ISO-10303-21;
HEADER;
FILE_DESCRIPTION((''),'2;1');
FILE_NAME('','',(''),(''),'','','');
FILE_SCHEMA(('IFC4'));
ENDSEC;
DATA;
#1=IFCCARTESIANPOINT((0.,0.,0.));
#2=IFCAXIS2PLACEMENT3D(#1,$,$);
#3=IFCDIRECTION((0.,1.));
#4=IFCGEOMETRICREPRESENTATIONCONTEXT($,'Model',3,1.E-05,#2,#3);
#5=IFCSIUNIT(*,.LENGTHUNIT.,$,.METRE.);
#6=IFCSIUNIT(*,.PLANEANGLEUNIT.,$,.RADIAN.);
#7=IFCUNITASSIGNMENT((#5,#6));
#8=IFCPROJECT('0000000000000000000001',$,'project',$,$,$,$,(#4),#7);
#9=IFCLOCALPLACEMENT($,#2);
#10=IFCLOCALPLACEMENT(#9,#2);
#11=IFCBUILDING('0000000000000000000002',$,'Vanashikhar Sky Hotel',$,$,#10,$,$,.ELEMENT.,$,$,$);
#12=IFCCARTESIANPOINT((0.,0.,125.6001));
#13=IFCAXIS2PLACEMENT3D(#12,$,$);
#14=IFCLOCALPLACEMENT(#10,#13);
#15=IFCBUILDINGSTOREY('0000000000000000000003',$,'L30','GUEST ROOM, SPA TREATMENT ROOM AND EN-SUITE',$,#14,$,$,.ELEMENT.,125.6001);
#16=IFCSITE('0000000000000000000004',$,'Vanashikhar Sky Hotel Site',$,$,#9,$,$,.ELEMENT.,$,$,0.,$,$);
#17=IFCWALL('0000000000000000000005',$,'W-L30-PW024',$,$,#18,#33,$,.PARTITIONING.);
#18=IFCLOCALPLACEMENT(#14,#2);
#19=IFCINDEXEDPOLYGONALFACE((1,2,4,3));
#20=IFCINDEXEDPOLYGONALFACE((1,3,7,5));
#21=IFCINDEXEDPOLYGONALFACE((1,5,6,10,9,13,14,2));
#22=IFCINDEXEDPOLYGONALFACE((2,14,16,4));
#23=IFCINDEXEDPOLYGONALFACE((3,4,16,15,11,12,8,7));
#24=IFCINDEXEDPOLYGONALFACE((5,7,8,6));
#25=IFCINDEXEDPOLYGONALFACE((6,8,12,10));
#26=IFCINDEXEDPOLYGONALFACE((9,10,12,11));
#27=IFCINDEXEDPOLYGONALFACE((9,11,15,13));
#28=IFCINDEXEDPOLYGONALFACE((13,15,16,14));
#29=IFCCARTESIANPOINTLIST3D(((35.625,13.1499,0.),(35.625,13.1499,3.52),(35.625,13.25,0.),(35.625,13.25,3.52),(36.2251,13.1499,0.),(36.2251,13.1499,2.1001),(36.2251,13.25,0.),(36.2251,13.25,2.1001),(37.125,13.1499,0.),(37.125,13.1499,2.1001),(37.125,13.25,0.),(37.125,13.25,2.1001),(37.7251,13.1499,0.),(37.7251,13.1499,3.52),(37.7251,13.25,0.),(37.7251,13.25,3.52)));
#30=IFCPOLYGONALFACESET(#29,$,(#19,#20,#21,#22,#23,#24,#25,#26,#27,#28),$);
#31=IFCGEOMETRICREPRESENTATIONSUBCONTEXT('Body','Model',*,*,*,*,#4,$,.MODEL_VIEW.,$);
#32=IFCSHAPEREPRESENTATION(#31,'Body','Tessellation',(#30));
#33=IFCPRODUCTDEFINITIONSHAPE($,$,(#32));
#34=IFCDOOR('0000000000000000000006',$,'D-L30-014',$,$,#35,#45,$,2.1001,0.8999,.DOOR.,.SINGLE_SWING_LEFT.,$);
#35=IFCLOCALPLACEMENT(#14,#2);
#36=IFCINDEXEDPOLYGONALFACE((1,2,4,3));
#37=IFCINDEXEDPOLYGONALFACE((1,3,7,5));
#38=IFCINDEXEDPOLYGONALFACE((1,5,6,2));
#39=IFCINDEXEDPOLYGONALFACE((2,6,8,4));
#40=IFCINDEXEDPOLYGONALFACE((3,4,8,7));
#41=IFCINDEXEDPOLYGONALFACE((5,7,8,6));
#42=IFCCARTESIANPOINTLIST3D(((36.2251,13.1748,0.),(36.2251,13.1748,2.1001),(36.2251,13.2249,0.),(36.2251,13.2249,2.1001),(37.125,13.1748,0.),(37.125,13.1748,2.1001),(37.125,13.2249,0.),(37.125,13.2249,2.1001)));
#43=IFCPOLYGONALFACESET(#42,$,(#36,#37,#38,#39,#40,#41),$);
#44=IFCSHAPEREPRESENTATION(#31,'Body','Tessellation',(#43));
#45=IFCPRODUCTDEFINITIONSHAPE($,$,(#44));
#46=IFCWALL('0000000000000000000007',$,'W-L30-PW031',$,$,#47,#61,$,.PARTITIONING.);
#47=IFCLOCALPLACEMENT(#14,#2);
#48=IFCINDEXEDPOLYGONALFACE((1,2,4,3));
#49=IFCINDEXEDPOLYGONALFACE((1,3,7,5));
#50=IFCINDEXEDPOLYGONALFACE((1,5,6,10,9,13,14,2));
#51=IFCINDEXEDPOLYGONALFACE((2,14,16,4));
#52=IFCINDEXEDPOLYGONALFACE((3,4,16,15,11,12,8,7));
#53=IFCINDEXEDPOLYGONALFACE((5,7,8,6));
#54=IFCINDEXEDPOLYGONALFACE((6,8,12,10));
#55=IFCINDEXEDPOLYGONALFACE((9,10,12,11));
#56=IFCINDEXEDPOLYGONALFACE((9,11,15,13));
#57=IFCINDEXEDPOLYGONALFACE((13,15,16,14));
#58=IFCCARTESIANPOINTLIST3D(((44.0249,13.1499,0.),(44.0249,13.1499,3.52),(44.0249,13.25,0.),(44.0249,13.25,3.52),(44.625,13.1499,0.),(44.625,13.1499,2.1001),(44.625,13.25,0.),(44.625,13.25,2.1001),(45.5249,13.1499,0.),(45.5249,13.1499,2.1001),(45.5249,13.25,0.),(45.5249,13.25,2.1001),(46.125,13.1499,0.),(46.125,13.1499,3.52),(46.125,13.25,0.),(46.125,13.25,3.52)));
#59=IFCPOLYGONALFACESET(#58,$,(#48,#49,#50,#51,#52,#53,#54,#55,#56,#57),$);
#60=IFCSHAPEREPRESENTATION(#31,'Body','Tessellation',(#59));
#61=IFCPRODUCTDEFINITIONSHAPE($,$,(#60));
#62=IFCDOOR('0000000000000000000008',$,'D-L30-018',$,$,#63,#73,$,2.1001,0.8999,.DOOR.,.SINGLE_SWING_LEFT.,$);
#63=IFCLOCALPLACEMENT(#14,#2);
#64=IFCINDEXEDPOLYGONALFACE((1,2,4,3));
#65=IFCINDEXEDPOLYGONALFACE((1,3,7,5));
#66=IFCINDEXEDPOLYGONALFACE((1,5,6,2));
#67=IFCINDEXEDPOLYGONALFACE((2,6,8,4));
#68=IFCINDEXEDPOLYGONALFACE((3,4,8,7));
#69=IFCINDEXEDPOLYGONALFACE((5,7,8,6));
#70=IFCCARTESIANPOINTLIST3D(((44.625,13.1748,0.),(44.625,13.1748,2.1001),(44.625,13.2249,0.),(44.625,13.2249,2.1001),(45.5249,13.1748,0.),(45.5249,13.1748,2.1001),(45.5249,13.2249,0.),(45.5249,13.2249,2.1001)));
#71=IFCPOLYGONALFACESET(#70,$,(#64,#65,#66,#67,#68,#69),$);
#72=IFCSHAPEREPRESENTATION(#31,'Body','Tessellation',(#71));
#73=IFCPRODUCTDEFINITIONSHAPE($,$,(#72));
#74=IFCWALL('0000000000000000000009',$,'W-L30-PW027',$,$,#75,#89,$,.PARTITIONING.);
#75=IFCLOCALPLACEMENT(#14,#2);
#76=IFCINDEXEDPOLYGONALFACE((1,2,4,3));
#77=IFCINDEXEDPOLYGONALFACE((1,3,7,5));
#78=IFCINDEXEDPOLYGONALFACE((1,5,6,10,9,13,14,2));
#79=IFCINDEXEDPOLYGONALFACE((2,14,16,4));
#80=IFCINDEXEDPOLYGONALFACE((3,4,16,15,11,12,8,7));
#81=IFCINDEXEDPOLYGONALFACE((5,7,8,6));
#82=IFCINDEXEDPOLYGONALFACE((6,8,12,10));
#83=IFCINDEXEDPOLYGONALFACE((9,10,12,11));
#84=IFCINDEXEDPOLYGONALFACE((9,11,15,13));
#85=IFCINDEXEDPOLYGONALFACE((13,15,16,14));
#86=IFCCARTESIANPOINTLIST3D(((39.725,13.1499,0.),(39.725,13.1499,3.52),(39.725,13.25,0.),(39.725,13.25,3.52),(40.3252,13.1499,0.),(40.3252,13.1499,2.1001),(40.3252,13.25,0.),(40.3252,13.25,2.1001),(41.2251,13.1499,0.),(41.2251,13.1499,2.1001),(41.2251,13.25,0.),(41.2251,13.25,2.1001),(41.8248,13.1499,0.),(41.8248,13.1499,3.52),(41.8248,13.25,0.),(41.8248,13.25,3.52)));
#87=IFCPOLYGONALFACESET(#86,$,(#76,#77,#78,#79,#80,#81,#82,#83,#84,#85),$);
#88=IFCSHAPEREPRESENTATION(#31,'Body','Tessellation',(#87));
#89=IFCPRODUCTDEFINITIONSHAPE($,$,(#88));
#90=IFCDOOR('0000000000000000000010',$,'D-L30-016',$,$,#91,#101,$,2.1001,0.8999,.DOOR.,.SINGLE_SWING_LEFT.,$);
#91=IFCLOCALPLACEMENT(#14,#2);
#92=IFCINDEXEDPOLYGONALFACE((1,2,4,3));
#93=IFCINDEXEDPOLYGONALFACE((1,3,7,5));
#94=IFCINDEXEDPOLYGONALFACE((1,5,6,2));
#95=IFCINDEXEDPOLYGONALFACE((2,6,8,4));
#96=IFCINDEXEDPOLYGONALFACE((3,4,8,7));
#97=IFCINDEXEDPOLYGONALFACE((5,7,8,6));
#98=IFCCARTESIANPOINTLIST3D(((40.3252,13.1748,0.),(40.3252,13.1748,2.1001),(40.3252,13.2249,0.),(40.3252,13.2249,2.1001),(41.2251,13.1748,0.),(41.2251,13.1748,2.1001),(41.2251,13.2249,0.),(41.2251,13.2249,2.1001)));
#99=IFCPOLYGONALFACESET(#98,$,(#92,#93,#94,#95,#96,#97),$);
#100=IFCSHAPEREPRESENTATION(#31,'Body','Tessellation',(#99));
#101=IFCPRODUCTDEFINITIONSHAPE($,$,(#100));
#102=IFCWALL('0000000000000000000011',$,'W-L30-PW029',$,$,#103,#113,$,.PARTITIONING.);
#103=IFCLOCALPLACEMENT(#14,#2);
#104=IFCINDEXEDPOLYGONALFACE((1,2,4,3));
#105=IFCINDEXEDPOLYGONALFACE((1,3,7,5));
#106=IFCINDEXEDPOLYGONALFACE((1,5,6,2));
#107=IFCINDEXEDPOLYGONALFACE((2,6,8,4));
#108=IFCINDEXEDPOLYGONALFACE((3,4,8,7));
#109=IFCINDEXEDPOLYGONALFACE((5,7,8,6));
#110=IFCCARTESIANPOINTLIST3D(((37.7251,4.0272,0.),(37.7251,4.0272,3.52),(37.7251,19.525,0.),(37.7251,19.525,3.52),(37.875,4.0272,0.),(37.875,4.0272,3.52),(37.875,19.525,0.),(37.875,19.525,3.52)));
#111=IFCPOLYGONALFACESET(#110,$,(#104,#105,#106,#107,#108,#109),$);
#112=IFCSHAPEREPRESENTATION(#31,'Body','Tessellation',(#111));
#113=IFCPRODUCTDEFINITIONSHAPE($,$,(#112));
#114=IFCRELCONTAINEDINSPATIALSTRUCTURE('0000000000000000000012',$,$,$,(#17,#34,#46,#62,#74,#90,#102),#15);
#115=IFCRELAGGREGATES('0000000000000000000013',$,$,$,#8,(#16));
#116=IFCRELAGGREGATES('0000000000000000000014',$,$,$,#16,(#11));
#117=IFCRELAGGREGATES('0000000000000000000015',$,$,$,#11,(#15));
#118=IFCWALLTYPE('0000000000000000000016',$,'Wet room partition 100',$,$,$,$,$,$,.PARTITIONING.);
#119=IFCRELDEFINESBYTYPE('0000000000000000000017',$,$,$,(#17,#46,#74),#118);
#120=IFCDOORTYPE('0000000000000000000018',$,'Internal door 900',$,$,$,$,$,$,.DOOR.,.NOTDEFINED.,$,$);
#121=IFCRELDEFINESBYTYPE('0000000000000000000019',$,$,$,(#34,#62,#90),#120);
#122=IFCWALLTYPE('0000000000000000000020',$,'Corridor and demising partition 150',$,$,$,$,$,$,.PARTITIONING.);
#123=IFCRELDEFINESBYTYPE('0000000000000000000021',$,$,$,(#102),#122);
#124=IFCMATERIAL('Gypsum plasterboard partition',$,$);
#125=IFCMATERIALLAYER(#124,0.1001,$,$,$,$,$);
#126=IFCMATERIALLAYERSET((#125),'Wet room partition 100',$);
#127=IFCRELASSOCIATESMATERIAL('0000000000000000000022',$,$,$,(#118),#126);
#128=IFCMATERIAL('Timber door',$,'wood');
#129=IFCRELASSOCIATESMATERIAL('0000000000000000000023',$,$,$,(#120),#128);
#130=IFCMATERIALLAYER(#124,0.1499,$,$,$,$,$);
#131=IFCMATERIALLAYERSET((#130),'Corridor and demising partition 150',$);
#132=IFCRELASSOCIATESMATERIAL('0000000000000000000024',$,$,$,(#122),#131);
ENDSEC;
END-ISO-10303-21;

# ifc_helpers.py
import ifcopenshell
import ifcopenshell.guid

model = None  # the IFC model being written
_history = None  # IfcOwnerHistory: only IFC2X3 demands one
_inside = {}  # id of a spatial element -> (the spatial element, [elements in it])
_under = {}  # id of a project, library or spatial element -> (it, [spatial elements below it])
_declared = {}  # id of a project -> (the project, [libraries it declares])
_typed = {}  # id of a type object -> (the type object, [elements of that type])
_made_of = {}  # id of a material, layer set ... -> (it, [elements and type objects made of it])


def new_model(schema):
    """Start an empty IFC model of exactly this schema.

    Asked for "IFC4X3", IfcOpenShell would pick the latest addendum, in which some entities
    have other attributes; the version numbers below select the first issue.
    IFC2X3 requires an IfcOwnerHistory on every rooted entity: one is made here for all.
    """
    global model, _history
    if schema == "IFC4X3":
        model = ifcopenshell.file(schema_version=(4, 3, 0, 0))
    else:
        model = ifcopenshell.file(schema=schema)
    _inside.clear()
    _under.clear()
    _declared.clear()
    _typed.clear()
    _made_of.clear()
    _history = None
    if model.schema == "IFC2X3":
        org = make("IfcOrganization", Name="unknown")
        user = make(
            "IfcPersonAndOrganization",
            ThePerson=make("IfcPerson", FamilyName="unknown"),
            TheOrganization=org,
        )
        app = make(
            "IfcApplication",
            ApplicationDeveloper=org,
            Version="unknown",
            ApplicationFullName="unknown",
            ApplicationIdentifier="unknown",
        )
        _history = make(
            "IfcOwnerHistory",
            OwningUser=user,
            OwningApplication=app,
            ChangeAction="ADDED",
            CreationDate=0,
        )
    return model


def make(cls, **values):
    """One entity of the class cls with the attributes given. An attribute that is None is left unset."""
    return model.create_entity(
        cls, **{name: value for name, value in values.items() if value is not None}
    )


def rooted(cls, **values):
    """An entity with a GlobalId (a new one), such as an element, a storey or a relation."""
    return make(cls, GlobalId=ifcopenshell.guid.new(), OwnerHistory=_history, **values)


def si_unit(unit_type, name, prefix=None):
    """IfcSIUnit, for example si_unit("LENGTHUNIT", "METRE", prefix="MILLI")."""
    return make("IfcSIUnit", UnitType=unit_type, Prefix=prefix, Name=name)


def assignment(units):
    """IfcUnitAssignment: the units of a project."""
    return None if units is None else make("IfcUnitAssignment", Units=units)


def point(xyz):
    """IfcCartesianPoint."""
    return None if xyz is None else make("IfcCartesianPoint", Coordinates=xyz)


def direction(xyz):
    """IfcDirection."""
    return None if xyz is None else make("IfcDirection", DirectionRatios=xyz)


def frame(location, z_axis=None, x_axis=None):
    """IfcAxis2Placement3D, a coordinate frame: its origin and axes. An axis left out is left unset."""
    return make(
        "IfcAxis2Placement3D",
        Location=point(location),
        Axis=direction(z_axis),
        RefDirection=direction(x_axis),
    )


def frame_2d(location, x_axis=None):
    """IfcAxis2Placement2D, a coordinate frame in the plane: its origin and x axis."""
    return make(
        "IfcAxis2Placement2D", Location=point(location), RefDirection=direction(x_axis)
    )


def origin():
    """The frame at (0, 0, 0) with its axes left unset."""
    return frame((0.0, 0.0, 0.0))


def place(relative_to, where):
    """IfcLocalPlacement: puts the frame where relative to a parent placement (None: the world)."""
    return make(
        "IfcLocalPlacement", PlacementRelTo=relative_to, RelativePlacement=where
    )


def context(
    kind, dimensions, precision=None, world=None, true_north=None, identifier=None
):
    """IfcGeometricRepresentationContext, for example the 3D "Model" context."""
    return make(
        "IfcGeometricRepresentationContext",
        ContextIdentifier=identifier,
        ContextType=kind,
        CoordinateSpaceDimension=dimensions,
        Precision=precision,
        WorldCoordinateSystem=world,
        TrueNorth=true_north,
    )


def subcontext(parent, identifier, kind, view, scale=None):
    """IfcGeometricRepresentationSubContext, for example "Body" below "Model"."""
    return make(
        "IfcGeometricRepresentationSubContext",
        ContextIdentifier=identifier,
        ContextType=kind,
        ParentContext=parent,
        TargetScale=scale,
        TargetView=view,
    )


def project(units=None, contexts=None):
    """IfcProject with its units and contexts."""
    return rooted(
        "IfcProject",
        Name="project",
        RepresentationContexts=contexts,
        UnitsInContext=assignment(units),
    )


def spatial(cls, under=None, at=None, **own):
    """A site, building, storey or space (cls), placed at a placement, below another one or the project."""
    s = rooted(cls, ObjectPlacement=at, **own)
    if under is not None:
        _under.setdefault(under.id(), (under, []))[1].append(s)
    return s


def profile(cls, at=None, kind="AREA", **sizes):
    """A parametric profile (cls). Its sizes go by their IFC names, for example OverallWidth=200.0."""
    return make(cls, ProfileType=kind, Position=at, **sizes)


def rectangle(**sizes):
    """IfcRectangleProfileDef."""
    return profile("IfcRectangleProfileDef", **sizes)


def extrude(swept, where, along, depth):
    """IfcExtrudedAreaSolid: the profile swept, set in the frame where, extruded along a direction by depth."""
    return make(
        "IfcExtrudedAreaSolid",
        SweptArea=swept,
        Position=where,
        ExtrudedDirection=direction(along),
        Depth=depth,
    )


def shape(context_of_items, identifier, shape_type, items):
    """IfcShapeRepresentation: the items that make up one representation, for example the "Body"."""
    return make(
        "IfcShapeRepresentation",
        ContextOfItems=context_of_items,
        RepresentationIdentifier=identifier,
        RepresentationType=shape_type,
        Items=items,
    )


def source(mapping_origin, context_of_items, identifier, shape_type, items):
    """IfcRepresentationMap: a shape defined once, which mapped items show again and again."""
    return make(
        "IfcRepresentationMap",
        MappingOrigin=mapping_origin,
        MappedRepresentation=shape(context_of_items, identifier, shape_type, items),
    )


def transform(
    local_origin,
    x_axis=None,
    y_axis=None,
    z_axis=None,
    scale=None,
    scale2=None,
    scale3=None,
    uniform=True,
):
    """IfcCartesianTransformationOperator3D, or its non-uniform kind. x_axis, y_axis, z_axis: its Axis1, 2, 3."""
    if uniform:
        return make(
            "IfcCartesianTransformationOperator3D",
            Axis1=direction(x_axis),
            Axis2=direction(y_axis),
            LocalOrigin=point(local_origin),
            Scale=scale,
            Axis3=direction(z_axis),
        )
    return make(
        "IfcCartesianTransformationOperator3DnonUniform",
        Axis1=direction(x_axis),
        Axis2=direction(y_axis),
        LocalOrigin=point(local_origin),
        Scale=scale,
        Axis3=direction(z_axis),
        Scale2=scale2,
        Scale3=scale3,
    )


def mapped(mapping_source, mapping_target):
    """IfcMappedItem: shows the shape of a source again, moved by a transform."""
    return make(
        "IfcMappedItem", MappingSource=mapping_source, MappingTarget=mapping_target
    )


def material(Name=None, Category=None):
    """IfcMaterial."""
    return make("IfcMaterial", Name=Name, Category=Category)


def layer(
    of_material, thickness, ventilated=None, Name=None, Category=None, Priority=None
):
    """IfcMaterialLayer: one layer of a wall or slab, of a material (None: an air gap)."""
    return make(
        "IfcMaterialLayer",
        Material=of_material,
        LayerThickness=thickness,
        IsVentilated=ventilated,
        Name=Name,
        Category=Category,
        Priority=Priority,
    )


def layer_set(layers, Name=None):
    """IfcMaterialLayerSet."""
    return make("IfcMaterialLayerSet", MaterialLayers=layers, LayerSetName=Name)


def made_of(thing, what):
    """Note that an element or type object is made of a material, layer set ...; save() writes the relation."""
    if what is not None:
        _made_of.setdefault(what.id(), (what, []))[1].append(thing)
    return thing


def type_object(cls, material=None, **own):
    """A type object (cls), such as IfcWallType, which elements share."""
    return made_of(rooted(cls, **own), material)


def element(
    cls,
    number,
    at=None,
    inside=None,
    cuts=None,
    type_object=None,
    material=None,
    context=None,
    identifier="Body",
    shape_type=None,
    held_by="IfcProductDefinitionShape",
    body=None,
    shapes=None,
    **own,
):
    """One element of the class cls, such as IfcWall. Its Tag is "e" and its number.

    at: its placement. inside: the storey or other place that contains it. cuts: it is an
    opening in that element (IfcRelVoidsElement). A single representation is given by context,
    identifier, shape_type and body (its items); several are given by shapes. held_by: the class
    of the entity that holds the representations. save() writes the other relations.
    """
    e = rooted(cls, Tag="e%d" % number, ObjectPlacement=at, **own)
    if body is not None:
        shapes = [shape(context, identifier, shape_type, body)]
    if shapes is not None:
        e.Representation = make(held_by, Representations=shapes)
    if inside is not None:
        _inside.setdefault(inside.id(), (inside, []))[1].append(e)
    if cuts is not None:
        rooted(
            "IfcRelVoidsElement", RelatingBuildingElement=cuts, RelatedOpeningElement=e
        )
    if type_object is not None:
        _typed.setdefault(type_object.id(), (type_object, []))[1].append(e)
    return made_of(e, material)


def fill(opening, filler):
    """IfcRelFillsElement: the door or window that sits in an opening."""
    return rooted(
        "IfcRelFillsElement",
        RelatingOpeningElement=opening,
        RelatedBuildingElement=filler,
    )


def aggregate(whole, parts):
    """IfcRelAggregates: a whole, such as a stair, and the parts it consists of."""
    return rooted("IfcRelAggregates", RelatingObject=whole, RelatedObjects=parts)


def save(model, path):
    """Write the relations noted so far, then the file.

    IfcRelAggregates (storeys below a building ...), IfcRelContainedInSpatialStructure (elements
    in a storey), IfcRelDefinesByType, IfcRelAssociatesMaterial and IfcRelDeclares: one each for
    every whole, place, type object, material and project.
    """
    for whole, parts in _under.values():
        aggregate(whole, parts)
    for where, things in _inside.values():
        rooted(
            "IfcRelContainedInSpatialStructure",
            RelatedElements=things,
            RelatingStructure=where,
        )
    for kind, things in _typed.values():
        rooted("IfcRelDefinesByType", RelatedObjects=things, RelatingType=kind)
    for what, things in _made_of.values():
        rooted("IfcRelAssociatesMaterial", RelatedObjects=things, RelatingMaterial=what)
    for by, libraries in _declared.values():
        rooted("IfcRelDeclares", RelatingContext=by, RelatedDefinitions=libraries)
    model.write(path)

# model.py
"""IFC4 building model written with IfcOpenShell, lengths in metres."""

from ifc_helpers import new_model, si_unit, direction, frame, frame_2d, origin, place, context, subcontext, project, spatial, rectangle, extrude, source, transform, mapped, material, layer, layer_set, type_object, element, fill, save


model = new_model("IFC4")

# Units and contexts
model_context = context("Model", 3, precision=1e-05, world=origin(), true_north=direction((0.0, 1.0)))
body_context = subcontext(model_context, "Body", "Model", "MODEL_VIEW")
ifc_project = project(units=[si_unit("LENGTHUNIT", "METRE"), si_unit("PLANEANGLEUNIT", "RADIAN")], contexts=[model_context])

# Site, building, storey
site_placement = place(None, origin())
site = spatial("IfcSite", under=ifc_project, at=site_placement, Name="Vanashikhar Sky Hotel Site", CompositionType="ELEMENT", RefElevation=0.0)
building_placement = place(site_placement, origin())
building = spatial("IfcBuilding", under=site, at=building_placement, Name="Vanashikhar Sky Hotel", CompositionType="ELEMENT")
storey_placement = place(building_placement, frame((0.0, 0.0, 125.6001)))
storey = spatial("IfcBuildingStorey", under=building, at=storey_placement, Name="L30", Description="GUEST ROOM, SPA TREATMENT ROOM AND EN-SUITE", CompositionType="ELEMENT", Elevation=125.6001)

# Shared definitions
ifc_material_1 = material(Name="Gypsum plasterboard partition")
ifc_layer_1 = layer(ifc_material_1, 0.1001)
ifc_layer_set_1 = layer_set([ifc_layer_1], Name="Wet room partition 100")
wall_type_1 = type_object("IfcWallType", Name="Wet room partition 100", PredefinedType="PARTITIONING", material=ifc_layer_set_1)

# Walls, openings, doors
shared_shape_1 = source(origin(), body_context, "Body", "SweptSolid", [
    extrude(rectangle(XDim=2.1001, YDim=0.1001, at=frame_2d((1.05, 0.0))), origin(), (0.0, 0.0, 1.0), 3.52),
])
wall_1_placement = place(storey_placement, frame((35.625, 13.2, 0.0), z_axis=(0.0, 0.0, 1.0), x_axis=(1.0, 0.0, 0.0)))
wall_1 = element("IfcWall", 1, at=wall_1_placement, inside=storey, type_object=wall_type_1, Name="W-L30-PW024", PredefinedType="PARTITIONING", context=body_context, shape_type="MappedRepresentation", body=[
    mapped(shared_shape_1, transform((0.0, 0.0, 0.0), scale=1.0)),
])
shared_shape_2 = source(origin(), body_context, "Body", "SweptSolid", [
    extrude(rectangle(XDim=0.8999, YDim=2.1001, at=frame_2d((0.45, 1.05))), frame((0.0, 0.0601, 0.0), z_axis=(0.0, -1.0, 0.0), x_axis=(1.0, 0.0, 0.0)), (0.0, 0.0, 1.0), 0.1201),
])
opening_1_placement = place(wall_1_placement, frame((0.6001, 0.0, 0.0)))
opening_1 = element("IfcOpeningElement", 2, at=opening_1_placement, cuts=wall_1, PredefinedType="OPENING", context=body_context, shape_type="MappedRepresentation", body=[
    mapped(shared_shape_2, transform((0.0, 0.0, 0.0), scale=1.0)),
])
ifc_material_2 = material(Name="Timber door", Category="wood")
door_type = type_object("IfcDoorType", Name="Internal door 900", OperationType="NOTDEFINED", PredefinedType="DOOR", material=ifc_material_2)
shared_shape_3 = source(origin(), body_context, "Body", "SweptSolid", [
    extrude(rectangle(XDim=0.8999, YDim=2.1001, at=frame_2d((0.45, 1.05))), frame((0.0, 0.0249, 0.0), z_axis=(0.0, -1.0, 0.0), x_axis=(1.0, 0.0, 0.0)), (0.0, 0.0, 1.0), 0.05),
])
door_1_placement = place(opening_1_placement, origin())
door_1 = element("IfcDoor", 3, at=door_1_placement, inside=storey, type_object=door_type, Name="D-L30-014", OperationType="SINGLE_SWING_LEFT", OverallHeight=2.1001, OverallWidth=0.8999, PredefinedType="DOOR", context=body_context, shape_type="MappedRepresentation", body=[
    mapped(shared_shape_3, transform((0.0, 0.0, 0.0), scale=1.0)),
])
fill(opening_1, door_1)
wall_2_placement = place(storey_placement, frame((44.0249, 13.2, 0.0), z_axis=(0.0, 0.0, 1.0), x_axis=(1.0, 0.0, 0.0)))
wall_2 = element("IfcWall", 4, at=wall_2_placement, inside=storey, type_object=wall_type_1, Name="W-L30-PW031", PredefinedType="PARTITIONING", context=body_context, shape_type="MappedRepresentation", body=[
    mapped(shared_shape_1, transform((0.0, 0.0, 0.0), scale=1.0)),
])
opening_2_placement = place(wall_2_placement, frame((0.6001, 0.0, 0.0)))
opening_2 = element("IfcOpeningElement", 5, at=opening_2_placement, cuts=wall_2, PredefinedType="OPENING", context=body_context, shape_type="MappedRepresentation", body=[
    mapped(shared_shape_2, transform((0.0, 0.0, 0.0), scale=1.0)),
])
door_2_placement = place(opening_2_placement, origin())
door_2 = element("IfcDoor", 6, at=door_2_placement, inside=storey, type_object=door_type, Name="D-L30-018", OperationType="SINGLE_SWING_LEFT", OverallHeight=2.1001, OverallWidth=0.8999, PredefinedType="DOOR", context=body_context, shape_type="MappedRepresentation", body=[
    mapped(shared_shape_3, transform((0.0, 0.0, 0.0), scale=1.0)),
])
fill(opening_2, door_2)
shared_shape_4 = source(origin(), body_context, "Body", "SweptSolid", [
    extrude(rectangle(XDim=2.0999, YDim=0.1001, at=frame_2d((1.0498, 0.0))), origin(), (0.0, 0.0, 1.0), 3.52),
])
wall_3_placement = place(storey_placement, frame((39.7251, 13.2, 0.0), z_axis=(0.0, 0.0, 1.0), x_axis=(1.0, 0.0, 0.0)))
wall_3 = element("IfcWall", 7, at=wall_3_placement, inside=storey, type_object=wall_type_1, Name="W-L30-PW027", PredefinedType="PARTITIONING", context=body_context, shape_type="MappedRepresentation", body=[
    mapped(shared_shape_4, transform((0.0, 0.0, 0.0), scale=1.0)),
])
opening_3_placement = place(wall_3_placement, frame((0.6001, 0.0, 0.0)))
opening_3 = element("IfcOpeningElement", 8, at=opening_3_placement, cuts=wall_3, PredefinedType="OPENING", context=body_context, shape_type="MappedRepresentation", body=[
    mapped(shared_shape_2, transform((0.0, 0.0, 0.0), scale=1.0)),
])
door_3_placement = place(opening_3_placement, origin())
door_3 = element("IfcDoor", 9, at=door_3_placement, inside=storey, type_object=door_type, Name="D-L30-016", OperationType="SINGLE_SWING_LEFT", OverallHeight=2.1001, OverallWidth=0.8999, PredefinedType="DOOR", context=body_context, shape_type="MappedRepresentation", body=[
    mapped(shared_shape_3, transform((0.0, 0.0, 0.0), scale=1.0)),
])
fill(opening_3, door_3)

# Wall
ifc_layer_2 = layer(ifc_material_1, 0.1499)
ifc_layer_set_2 = layer_set([ifc_layer_2], Name="Corridor and demising partition 150")
wall_type_2 = type_object("IfcWallType", Name="Corridor and demising partition 150", PredefinedType="PARTITIONING", material=ifc_layer_set_2)
shared_shape_5 = source(origin(), body_context, "Body", "SweptSolid", [
    extrude(rectangle(XDim=15.4978, YDim=0.1499, at=frame_2d((7.749, 0.0))), origin(), (0.0, 0.0, 1.0), 3.52),
])
wall_4_placement = place(storey_placement, frame((37.8, 4.0271, 0.0), z_axis=(0.0, 0.0, 1.0), x_axis=(0.0, 1.0, 0.0)))
element("IfcWall", 10, at=wall_4_placement, inside=storey, type_object=wall_type_2, Name="W-L30-PW029", PredefinedType="PARTITIONING", context=body_context, shape_type="MappedRepresentation", body=[
    mapped(shared_shape_5, transform((0.0, 0.0, 0.0), scale=1.0)),
])

save(model, "model.ifc")
